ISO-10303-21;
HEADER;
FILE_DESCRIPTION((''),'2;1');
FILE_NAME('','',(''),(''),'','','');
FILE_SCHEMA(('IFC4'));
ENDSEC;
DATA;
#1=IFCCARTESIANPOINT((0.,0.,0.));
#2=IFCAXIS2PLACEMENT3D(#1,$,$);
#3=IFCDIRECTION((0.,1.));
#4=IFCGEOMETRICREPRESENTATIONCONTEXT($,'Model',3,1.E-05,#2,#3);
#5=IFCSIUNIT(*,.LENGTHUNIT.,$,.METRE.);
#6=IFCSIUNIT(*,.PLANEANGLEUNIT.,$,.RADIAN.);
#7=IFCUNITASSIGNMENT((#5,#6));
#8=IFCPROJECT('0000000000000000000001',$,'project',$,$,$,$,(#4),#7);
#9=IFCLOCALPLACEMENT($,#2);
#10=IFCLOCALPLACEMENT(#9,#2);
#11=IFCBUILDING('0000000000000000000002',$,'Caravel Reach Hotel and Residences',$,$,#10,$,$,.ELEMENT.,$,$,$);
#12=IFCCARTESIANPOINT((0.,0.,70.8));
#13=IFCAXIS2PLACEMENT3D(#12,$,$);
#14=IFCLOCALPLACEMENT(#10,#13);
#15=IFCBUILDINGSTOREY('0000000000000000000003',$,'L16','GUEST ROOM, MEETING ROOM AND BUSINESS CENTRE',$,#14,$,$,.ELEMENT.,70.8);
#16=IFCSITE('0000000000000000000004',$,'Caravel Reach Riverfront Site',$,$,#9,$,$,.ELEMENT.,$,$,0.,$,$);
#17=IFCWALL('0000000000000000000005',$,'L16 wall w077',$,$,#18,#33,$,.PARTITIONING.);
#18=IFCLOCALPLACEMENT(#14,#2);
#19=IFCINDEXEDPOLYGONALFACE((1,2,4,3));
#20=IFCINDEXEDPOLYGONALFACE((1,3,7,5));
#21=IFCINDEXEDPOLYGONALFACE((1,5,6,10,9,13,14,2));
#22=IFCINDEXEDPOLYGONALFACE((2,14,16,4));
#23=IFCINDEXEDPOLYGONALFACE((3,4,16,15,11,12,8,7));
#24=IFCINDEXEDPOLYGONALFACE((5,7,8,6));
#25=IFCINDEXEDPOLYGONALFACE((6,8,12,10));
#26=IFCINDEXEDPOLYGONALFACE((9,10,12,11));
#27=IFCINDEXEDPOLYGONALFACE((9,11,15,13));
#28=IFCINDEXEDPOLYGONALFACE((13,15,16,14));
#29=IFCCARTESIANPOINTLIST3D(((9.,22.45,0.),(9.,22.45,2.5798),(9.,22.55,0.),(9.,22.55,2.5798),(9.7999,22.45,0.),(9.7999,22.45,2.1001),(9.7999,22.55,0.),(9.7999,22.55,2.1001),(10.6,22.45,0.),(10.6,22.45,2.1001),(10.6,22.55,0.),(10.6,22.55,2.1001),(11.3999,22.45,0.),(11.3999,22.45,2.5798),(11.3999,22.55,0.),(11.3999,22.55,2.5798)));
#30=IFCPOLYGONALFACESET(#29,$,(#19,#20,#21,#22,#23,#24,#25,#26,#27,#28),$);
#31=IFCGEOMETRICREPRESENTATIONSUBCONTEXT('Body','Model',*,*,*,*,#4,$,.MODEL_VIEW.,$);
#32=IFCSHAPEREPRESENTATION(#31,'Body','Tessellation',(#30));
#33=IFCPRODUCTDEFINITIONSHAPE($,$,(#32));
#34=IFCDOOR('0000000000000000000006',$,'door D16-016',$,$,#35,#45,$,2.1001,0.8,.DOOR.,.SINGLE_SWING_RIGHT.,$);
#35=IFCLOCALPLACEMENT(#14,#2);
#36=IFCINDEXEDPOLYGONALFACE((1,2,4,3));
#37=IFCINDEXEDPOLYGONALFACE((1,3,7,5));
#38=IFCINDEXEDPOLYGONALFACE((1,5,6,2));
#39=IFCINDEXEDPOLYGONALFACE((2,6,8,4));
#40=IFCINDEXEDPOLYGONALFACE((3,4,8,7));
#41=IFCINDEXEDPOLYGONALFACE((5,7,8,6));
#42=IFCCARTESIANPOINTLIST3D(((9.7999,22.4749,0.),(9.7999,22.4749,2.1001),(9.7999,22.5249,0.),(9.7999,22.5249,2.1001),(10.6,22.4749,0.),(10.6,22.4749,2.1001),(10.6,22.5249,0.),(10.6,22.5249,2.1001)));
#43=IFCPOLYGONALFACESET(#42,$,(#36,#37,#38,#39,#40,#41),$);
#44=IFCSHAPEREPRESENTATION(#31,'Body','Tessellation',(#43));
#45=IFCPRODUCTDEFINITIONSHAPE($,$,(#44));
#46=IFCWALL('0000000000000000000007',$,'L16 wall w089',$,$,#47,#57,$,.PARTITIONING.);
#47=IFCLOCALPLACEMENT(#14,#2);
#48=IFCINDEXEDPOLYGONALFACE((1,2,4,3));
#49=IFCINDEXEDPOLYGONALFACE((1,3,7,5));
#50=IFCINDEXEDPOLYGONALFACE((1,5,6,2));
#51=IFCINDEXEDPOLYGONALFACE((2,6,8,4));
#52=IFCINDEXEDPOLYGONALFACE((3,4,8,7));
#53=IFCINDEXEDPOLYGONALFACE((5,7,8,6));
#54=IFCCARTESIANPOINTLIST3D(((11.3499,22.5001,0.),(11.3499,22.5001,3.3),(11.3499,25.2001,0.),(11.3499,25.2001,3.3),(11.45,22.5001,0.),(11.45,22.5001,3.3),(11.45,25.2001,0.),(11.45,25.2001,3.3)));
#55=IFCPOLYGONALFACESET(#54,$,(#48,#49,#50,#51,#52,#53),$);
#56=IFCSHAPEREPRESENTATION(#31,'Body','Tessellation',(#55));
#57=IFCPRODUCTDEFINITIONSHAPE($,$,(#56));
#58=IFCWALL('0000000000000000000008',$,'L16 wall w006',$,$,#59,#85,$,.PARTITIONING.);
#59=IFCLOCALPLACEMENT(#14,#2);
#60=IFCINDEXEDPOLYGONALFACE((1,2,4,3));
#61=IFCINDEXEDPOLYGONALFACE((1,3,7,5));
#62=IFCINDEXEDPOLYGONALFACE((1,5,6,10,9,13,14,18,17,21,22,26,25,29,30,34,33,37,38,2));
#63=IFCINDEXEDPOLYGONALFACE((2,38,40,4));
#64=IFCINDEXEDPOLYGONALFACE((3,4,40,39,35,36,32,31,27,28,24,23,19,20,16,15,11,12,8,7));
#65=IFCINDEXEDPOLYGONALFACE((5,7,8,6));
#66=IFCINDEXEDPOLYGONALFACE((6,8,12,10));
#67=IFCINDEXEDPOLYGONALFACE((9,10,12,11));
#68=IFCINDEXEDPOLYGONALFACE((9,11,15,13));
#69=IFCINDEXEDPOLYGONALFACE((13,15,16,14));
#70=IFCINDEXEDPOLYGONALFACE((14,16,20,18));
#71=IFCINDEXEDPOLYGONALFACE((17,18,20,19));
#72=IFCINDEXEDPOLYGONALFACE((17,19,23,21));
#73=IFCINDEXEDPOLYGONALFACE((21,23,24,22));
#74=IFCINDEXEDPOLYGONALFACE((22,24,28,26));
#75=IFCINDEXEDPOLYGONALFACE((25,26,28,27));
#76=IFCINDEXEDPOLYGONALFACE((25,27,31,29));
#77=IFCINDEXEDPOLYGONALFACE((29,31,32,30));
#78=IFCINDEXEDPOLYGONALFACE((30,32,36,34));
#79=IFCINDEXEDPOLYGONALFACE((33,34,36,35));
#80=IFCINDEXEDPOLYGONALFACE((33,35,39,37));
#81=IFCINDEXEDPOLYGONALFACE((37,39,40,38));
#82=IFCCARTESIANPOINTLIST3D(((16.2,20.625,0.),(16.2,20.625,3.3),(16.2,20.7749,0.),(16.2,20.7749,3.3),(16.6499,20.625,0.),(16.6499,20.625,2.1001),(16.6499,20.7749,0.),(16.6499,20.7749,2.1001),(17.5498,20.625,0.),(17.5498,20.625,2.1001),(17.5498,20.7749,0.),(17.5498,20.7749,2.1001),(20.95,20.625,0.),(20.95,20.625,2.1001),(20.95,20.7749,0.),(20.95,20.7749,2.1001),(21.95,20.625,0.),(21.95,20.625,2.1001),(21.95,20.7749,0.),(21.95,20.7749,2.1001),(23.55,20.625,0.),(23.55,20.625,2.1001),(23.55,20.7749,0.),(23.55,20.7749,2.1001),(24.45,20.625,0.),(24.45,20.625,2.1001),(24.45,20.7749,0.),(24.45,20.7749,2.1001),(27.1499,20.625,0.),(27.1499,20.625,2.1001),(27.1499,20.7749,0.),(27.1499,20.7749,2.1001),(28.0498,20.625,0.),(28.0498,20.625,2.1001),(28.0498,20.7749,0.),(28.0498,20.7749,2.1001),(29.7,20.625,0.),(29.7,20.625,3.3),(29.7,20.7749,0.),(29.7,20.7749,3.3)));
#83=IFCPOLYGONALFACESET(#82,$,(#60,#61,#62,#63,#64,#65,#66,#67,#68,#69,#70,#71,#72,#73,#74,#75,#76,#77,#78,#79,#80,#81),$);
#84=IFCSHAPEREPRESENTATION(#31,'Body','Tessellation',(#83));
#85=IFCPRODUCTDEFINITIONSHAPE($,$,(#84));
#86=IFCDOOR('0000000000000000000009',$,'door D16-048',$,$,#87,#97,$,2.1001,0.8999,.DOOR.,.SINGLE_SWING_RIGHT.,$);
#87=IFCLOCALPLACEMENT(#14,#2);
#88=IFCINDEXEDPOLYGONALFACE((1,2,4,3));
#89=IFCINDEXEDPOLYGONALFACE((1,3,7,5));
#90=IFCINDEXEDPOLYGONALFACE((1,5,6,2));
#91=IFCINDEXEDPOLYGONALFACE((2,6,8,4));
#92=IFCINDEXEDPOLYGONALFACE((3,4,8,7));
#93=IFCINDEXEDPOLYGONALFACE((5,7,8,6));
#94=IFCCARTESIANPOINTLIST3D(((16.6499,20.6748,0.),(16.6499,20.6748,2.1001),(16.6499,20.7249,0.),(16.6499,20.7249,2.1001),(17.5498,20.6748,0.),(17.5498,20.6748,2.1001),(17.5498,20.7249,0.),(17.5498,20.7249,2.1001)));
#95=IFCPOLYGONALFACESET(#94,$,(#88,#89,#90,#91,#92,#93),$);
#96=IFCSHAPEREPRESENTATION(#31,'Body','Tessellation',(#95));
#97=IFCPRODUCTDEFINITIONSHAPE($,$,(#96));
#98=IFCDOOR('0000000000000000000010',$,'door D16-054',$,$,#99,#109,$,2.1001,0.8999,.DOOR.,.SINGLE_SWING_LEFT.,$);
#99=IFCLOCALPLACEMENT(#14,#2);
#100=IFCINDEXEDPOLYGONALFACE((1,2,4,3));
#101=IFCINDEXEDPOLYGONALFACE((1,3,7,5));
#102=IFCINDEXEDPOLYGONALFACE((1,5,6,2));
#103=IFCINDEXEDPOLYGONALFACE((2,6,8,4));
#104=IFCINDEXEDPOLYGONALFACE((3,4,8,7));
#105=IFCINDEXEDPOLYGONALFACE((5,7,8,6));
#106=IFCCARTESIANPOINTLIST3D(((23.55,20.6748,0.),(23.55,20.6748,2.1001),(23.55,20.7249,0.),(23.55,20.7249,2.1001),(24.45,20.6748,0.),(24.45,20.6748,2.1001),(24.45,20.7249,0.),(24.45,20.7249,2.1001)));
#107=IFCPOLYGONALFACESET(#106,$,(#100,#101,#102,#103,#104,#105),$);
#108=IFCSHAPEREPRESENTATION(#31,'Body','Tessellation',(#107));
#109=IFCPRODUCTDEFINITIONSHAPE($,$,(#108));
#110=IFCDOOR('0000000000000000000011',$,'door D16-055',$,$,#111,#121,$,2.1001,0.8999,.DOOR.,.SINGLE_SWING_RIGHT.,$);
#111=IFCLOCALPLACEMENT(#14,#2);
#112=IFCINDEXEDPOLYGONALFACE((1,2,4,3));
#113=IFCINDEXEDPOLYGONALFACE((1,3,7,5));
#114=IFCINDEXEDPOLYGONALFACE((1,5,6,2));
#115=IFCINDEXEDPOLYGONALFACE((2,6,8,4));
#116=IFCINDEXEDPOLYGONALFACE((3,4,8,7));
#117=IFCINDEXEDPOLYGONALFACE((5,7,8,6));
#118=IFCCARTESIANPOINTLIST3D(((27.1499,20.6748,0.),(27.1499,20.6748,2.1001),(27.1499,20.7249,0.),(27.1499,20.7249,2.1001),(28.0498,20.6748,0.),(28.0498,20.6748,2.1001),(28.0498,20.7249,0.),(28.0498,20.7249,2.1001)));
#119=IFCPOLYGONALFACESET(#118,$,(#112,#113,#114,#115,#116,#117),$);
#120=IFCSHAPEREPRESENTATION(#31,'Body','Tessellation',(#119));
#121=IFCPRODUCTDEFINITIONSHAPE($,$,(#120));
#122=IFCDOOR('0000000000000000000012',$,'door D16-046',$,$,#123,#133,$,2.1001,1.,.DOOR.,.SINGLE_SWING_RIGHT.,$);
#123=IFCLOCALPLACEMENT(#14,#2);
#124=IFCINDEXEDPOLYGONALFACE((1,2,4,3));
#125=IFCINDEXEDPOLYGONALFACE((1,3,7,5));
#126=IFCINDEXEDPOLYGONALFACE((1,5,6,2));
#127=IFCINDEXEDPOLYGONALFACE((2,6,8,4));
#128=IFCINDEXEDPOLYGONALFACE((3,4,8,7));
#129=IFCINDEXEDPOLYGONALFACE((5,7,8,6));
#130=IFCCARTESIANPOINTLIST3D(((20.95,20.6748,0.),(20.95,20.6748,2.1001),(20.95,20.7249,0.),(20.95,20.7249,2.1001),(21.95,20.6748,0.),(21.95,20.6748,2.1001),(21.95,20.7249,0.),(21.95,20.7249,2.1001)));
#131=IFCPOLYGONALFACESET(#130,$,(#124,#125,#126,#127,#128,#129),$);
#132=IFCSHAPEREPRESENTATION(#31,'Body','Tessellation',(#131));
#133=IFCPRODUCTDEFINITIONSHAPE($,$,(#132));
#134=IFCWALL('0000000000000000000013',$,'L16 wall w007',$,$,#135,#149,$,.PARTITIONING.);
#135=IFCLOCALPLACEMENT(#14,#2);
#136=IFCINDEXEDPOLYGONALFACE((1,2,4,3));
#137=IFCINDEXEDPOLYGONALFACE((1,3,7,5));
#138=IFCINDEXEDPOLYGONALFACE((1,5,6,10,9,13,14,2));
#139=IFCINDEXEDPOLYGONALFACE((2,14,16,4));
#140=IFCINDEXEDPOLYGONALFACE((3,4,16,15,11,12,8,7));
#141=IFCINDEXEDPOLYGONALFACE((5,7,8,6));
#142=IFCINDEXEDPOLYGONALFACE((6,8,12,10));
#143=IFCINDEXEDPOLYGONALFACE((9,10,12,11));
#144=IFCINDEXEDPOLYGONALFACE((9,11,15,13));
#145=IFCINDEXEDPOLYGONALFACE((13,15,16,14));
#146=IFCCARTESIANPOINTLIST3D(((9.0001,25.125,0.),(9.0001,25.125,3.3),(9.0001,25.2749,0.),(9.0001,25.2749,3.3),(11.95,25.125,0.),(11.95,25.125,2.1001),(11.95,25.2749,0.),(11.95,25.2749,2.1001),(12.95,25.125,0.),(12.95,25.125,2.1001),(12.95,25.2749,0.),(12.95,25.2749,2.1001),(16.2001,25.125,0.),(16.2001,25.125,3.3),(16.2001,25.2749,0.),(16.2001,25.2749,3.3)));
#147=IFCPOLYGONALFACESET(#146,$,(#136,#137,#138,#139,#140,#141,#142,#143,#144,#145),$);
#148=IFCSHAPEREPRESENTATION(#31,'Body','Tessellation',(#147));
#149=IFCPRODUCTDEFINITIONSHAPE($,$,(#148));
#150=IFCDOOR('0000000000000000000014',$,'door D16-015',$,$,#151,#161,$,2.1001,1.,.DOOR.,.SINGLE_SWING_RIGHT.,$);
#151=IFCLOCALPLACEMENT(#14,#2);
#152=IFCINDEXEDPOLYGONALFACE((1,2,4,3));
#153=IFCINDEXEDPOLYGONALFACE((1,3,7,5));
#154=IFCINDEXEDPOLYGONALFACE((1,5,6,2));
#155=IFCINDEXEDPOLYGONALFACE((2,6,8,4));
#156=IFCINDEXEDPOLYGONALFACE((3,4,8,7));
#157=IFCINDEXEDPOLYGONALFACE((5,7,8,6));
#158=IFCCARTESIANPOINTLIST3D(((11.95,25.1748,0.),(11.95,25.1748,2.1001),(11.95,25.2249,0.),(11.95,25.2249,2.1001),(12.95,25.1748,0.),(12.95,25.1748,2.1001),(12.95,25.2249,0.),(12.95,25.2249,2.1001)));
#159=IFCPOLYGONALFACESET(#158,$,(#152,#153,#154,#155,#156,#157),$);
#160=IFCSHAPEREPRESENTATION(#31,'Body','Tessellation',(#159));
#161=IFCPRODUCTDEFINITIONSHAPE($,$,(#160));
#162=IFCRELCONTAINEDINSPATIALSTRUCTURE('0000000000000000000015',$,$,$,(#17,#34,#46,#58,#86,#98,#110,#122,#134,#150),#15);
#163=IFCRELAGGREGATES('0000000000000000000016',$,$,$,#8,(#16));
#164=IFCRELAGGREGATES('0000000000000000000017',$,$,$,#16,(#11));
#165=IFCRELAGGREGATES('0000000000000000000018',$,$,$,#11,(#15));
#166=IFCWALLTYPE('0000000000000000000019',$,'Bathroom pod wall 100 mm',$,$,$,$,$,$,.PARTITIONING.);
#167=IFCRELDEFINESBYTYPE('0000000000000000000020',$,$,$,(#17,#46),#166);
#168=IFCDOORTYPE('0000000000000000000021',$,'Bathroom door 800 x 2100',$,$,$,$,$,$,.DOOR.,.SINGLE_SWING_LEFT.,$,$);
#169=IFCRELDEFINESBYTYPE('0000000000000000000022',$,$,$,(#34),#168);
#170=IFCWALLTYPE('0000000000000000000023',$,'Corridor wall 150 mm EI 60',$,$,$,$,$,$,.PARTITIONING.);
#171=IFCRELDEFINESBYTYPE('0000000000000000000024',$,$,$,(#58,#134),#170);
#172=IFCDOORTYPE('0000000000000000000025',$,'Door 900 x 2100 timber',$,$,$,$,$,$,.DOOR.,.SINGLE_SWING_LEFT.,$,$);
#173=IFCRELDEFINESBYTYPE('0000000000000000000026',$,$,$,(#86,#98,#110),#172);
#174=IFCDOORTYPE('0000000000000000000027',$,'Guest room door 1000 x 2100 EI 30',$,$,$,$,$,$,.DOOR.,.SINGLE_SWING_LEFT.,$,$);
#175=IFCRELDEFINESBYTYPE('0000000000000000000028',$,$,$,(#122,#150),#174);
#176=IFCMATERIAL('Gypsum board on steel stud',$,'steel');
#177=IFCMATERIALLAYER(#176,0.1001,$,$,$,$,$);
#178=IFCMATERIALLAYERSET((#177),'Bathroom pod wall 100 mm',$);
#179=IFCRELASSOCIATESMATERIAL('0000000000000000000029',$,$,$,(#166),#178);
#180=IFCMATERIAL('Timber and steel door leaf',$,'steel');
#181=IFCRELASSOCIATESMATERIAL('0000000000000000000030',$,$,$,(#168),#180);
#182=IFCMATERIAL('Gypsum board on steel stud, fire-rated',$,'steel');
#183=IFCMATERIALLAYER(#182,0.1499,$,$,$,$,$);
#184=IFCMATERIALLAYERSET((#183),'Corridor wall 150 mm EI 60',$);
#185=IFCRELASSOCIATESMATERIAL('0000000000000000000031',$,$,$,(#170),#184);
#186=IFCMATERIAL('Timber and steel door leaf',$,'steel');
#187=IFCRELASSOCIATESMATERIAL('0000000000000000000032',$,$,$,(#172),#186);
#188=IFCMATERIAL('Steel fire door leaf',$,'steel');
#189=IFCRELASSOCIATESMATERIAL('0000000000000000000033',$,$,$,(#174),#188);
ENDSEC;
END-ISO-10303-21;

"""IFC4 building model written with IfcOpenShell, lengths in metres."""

from ifc_helpers import new_model, si_unit, direction, frame, frame_2d, origin, place, context, subcontext, project, spatial, rectangle, extrude, material, layer, layer_set, type_object, element, fill, save


model = new_model("IFC4")

# Units and contexts
model_context = context("Model", 3, precision=1e-05, world=origin(), true_north=direction((0.0, 1.0)))
body_context = subcontext(model_context, "Body", "Model", "MODEL_VIEW")
ifc_project = project(units=[si_unit("LENGTHUNIT", "METRE"), si_unit("PLANEANGLEUNIT", "RADIAN")], contexts=[model_context])

# Site, building, storey
site_placement = place(None, origin())
site = spatial("IfcSite", under=ifc_project, at=site_placement, Name="Caravel Reach Riverfront Site", CompositionType="ELEMENT", RefElevation=0.0)
building_placement = place(site_placement, origin())
building = spatial("IfcBuilding", under=site, at=building_placement, Name="Caravel Reach Hotel and Residences", CompositionType="ELEMENT")
storey_placement = place(building_placement, frame((0.0, 0.0, 70.8)))
storey = spatial("IfcBuildingStorey", under=building, at=storey_placement, Name="L16", Description="GUEST ROOM, MEETING ROOM AND BUSINESS CENTRE", CompositionType="ELEMENT", Elevation=70.8)

# Wall, opening, door
ifc_material_1 = material(Name="Gypsum board on steel stud", Category="steel")
ifc_layer_1 = layer(ifc_material_1, 0.1001)
ifc_layer_set_1 = layer_set([ifc_layer_1], Name="Bathroom pod wall 100 mm")
wall_type_1 = type_object("IfcWallType", Name="Bathroom pod wall 100 mm", PredefinedType="PARTITIONING", material=ifc_layer_set_1)
wall_1_placement = place(storey_placement, frame((9.0, 22.5, 0.0), z_axis=(0.0, 0.0, 1.0), x_axis=(1.0, 0.0, 0.0)))
wall_1 = element("IfcWall", 1, at=wall_1_placement, inside=storey, type_object=wall_type_1, Name="L16 wall w077", PredefinedType="PARTITIONING", context=body_context, shape_type="SweptSolid", body=[
    extrude(rectangle(XDim=2.3999, YDim=0.1001, at=frame_2d((1.2, 0.0))), origin(), (0.0, 0.0, 1.0), 2.5798),
])
opening_1_placement = place(wall_1_placement, frame((0.8, 0.0, 0.0)))
opening_1 = element("IfcOpeningElement", 2, at=opening_1_placement, cuts=wall_1, PredefinedType="OPENING", context=body_context, shape_type="SweptSolid", body=[
    extrude(rectangle(XDim=0.8, YDim=2.1001, at=frame_2d((0.3999, 1.05))), frame((0.0, 0.0601, 0.0), z_axis=(0.0, -1.0, 0.0), x_axis=(1.0, 0.0, 0.0)), (0.0, 0.0, 1.0), 0.1201),
])
ifc_material_2 = material(Name="Timber and steel door leaf", Category="steel")
door_type_1 = type_object("IfcDoorType", Name="Bathroom door 800 x 2100", OperationType="SINGLE_SWING_LEFT", PredefinedType="DOOR", material=ifc_material_2)
door_1_placement = place(opening_1_placement, origin())
door_1 = element("IfcDoor", 3, at=door_1_placement, inside=storey, type_object=door_type_1, Name="door D16-016", OperationType="SINGLE_SWING_RIGHT", OverallHeight=2.1001, OverallWidth=0.8, PredefinedType="DOOR", context=body_context, shape_type="SweptSolid", body=[
    extrude(rectangle(XDim=0.8, YDim=2.1001, at=frame_2d((0.3999, 1.05))), frame((0.0, 0.0249, 0.0), z_axis=(0.0, -1.0, 0.0), x_axis=(1.0, 0.0, 0.0)), (0.0, 0.0, 1.0), 0.05),
])
fill(opening_1, door_1)

# Wall
wall_2_placement = place(storey_placement, frame((11.3999, 22.5, 0.0), z_axis=(0.0, 0.0, 1.0), x_axis=(0.0, 1.0, 0.0)))
element("IfcWall", 4, at=wall_2_placement, inside=storey, type_object=wall_type_1, Name="L16 wall w089", PredefinedType="PARTITIONING", context=body_context, shape_type="SweptSolid", body=[
    extrude(rectangle(XDim=2.7, YDim=0.1001, at=frame_2d((1.3501, 0.0))), origin(), (0.0, 0.0, 1.0), 3.3),
])

# Wall, openings, doors
ifc_material_3 = material(Name="Gypsum board on steel stud, fire-rated", Category="steel")
ifc_layer_2 = layer(ifc_material_3, 0.1499)
ifc_layer_set_2 = layer_set([ifc_layer_2], Name="Corridor wall 150 mm EI 60")
wall_type_2 = type_object("IfcWallType", Name="Corridor wall 150 mm EI 60", PredefinedType="PARTITIONING", material=ifc_layer_set_2)
wall_3_placement = place(storey_placement, frame((16.2, 20.7, 0.0), z_axis=(0.0, 0.0, 1.0), x_axis=(1.0, 0.0, 0.0)))
wall_3 = element("IfcWall", 5, at=wall_3_placement, inside=storey, type_object=wall_type_2, Name="L16 wall w006", PredefinedType="PARTITIONING", context=body_context, shape_type="SweptSolid", body=[
    extrude(rectangle(XDim=13.5, YDim=0.1499, at=frame_2d((6.75, 0.0))), origin(), (0.0, 0.0, 1.0), 3.3),
])
opening_2_placement = place(wall_3_placement, frame((4.75, 0.0, 0.0)))
opening_2 = element("IfcOpeningElement", 6, at=opening_2_placement, cuts=wall_3, PredefinedType="OPENING", context=body_context, shape_type="SweptSolid", body=[
    extrude(rectangle(XDim=1.0, YDim=2.1001, at=frame_2d((0.5, 1.05))), frame((0.0, 0.085, 0.0), z_axis=(0.0, -1.0, 0.0), x_axis=(1.0, 0.0, 0.0)), (0.0, 0.0, 1.0), 0.1699),
])
opening_3_placement = place(wall_3_placement, frame((0.45, 0.0, 0.0)))
opening_3 = element("IfcOpeningElement", 7, at=opening_3_placement, cuts=wall_3, PredefinedType="OPENING", context=body_context, shape_type="SweptSolid", body=[
    extrude(rectangle(XDim=0.8999, YDim=2.1001, at=frame_2d((0.45, 1.05))), frame((0.0, 0.085, 0.0), z_axis=(0.0, -1.0, 0.0), x_axis=(1.0, 0.0, 0.0)), (0.0, 0.0, 1.0), 0.1699),
])
opening_4_placement = place(wall_3_placement, frame((7.3501, 0.0, 0.0)))
opening_4 = element("IfcOpeningElement", 8, at=opening_4_placement, cuts=wall_3, PredefinedType="OPENING", context=body_context, shape_type="SweptSolid", body=[
    extrude(rectangle(XDim=0.8999, YDim=2.1001, at=frame_2d((0.45, 1.05))), frame((0.0, 0.085, 0.0), z_axis=(0.0, -1.0, 0.0), x_axis=(1.0, 0.0, 0.0)), (0.0, 0.0, 1.0), 0.1699),
])
opening_5_placement = place(wall_3_placement, frame((10.95, 0.0, 0.0)))
opening_5 = element("IfcOpeningElement", 9, at=opening_5_placement, cuts=wall_3, PredefinedType="OPENING", context=body_context, shape_type="SweptSolid", body=[
    extrude(rectangle(XDim=0.8999, YDim=2.1001, at=frame_2d((0.45, 1.05))), frame((0.0, 0.085, 0.0), z_axis=(0.0, -1.0, 0.0), x_axis=(1.0, 0.0, 0.0)), (0.0, 0.0, 1.0), 0.1699),
])
ifc_material_4 = material(Name="Timber and steel door leaf", Category="steel")
door_type_2 = type_object("IfcDoorType", Name="Door 900 x 2100 timber", OperationType="SINGLE_SWING_LEFT", PredefinedType="DOOR", material=ifc_material_4)
door_2_placement = place(opening_3_placement, origin())
door_2 = element("IfcDoor", 10, at=door_2_placement, inside=storey, type_object=door_type_2, Name="door D16-048", OperationType="SINGLE_SWING_RIGHT", OverallHeight=2.1001, OverallWidth=0.8999, PredefinedType="DOOR", context=body_context, shape_type="SweptSolid", body=[
    extrude(rectangle(XDim=0.8999, YDim=2.1001, at=frame_2d((0.45, 1.05))), frame((0.0, 0.0249, 0.0), z_axis=(0.0, -1.0, 0.0), x_axis=(1.0, 0.0, 0.0)), (0.0, 0.0, 1.0), 0.05),
])
fill(opening_3, door_2)
door_3_placement = place(opening_4_placement, origin())
door_3 = element("IfcDoor", 11, at=door_3_placement, inside=storey, type_object=door_type_2, Name="door D16-054", OperationType="SINGLE_SWING_LEFT", OverallHeight=2.1001, OverallWidth=0.8999, PredefinedType="DOOR", context=body_context, shape_type="SweptSolid", body=[
    extrude(rectangle(XDim=0.8999, YDim=2.1001, at=frame_2d((0.45, 1.05))), frame((0.0, 0.0249, 0.0), z_axis=(0.0, -1.0, 0.0), x_axis=(1.0, 0.0, 0.0)), (0.0, 0.0, 1.0), 0.05),
])
fill(opening_4, door_3)
door_4_placement = place(opening_5_placement, origin())
door_4 = element("IfcDoor", 12, at=door_4_placement, inside=storey, type_object=door_type_2, Name="door D16-055", OperationType="SINGLE_SWING_RIGHT", OverallHeight=2.1001, OverallWidth=0.8999, PredefinedType="DOOR", context=body_context, shape_type="SweptSolid", body=[
    extrude(rectangle(XDim=0.8999, YDim=2.1001, at=frame_2d((0.45, 1.05))), frame((0.0, 0.0249, 0.0), z_axis=(0.0, -1.0, 0.0), x_axis=(1.0, 0.0, 0.0)), (0.0, 0.0, 1.0), 0.05),
])
fill(opening_5, door_4)
ifc_material_5 = material(Name="Steel fire door leaf", Category="steel")
door_type_3 = type_object("IfcDoorType", Name="Guest room door 1000 x 2100 EI 30", OperationType="SINGLE_SWING_LEFT", PredefinedType="DOOR", material=ifc_material_5)
door_5_placement = place(opening_2_placement, origin())
door_5 = element("IfcDoor", 13, at=door_5_placement, inside=storey, type_object=door_type_3, Name="door D16-046", OperationType="SINGLE_SWING_RIGHT", OverallHeight=2.1001, OverallWidth=1.0, PredefinedType="DOOR", context=body_context, shape_type="SweptSolid", body=[
    extrude(rectangle(XDim=1.0, YDim=2.1001, at=frame_2d((0.5, 1.05))), frame((0.0, 0.0249, 0.0), z_axis=(0.0, -1.0, 0.0), x_axis=(1.0, 0.0, 0.0)), (0.0, 0.0, 1.0), 0.05),
])
fill(opening_2, door_5)

# Wall, opening, door
wall_4_placement = place(storey_placement, frame((9.0, 25.2, 0.0), z_axis=(0.0, 0.0, 1.0), x_axis=(1.0, 0.0, 0.0)))
wall_4 = element("IfcWall", 14, at=wall_4_placement, inside=storey, type_object=wall_type_2, Name="L16 wall w007", PredefinedType="PARTITIONING", context=body_context, shape_type="SweptSolid", body=[
    extrude(rectangle(XDim=7.2, YDim=0.1499, at=frame_2d((3.6001, 0.0))), origin(), (0.0, 0.0, 1.0), 3.3),
])
opening_6_placement = place(wall_4_placement, frame((2.95, 0.0, 0.0)))
opening_6 = element("IfcOpeningElement", 15, at=opening_6_placement, cuts=wall_4, PredefinedType="OPENING", context=body_context, shape_type="SweptSolid", body=[
    extrude(rectangle(XDim=1.0, YDim=2.1001, at=frame_2d((0.5, 1.05))), frame((0.0, 0.085, 0.0), z_axis=(0.0, -1.0, 0.0), x_axis=(1.0, 0.0, 0.0)), (0.0, 0.0, 1.0), 0.1699),
])
door_6_placement = place(opening_6_placement, origin())
door_6 = element("IfcDoor", 16, at=door_6_placement, inside=storey, type_object=door_type_3, Name="door D16-015", OperationType="SINGLE_SWING_RIGHT", OverallHeight=2.1001, OverallWidth=1.0, PredefinedType="DOOR", context=body_context, shape_type="SweptSolid", body=[
    extrude(rectangle(XDim=1.0, YDim=2.1001, at=frame_2d((0.5, 1.05))), frame((0.0, 0.0249, 0.0), z_axis=(0.0, -1.0, 0.0), x_axis=(1.0, 0.0, 0.0)), (0.0, 0.0, 1.0), 0.05),
])
fill(opening_6, door_6)

save(model, "model.ifc")
